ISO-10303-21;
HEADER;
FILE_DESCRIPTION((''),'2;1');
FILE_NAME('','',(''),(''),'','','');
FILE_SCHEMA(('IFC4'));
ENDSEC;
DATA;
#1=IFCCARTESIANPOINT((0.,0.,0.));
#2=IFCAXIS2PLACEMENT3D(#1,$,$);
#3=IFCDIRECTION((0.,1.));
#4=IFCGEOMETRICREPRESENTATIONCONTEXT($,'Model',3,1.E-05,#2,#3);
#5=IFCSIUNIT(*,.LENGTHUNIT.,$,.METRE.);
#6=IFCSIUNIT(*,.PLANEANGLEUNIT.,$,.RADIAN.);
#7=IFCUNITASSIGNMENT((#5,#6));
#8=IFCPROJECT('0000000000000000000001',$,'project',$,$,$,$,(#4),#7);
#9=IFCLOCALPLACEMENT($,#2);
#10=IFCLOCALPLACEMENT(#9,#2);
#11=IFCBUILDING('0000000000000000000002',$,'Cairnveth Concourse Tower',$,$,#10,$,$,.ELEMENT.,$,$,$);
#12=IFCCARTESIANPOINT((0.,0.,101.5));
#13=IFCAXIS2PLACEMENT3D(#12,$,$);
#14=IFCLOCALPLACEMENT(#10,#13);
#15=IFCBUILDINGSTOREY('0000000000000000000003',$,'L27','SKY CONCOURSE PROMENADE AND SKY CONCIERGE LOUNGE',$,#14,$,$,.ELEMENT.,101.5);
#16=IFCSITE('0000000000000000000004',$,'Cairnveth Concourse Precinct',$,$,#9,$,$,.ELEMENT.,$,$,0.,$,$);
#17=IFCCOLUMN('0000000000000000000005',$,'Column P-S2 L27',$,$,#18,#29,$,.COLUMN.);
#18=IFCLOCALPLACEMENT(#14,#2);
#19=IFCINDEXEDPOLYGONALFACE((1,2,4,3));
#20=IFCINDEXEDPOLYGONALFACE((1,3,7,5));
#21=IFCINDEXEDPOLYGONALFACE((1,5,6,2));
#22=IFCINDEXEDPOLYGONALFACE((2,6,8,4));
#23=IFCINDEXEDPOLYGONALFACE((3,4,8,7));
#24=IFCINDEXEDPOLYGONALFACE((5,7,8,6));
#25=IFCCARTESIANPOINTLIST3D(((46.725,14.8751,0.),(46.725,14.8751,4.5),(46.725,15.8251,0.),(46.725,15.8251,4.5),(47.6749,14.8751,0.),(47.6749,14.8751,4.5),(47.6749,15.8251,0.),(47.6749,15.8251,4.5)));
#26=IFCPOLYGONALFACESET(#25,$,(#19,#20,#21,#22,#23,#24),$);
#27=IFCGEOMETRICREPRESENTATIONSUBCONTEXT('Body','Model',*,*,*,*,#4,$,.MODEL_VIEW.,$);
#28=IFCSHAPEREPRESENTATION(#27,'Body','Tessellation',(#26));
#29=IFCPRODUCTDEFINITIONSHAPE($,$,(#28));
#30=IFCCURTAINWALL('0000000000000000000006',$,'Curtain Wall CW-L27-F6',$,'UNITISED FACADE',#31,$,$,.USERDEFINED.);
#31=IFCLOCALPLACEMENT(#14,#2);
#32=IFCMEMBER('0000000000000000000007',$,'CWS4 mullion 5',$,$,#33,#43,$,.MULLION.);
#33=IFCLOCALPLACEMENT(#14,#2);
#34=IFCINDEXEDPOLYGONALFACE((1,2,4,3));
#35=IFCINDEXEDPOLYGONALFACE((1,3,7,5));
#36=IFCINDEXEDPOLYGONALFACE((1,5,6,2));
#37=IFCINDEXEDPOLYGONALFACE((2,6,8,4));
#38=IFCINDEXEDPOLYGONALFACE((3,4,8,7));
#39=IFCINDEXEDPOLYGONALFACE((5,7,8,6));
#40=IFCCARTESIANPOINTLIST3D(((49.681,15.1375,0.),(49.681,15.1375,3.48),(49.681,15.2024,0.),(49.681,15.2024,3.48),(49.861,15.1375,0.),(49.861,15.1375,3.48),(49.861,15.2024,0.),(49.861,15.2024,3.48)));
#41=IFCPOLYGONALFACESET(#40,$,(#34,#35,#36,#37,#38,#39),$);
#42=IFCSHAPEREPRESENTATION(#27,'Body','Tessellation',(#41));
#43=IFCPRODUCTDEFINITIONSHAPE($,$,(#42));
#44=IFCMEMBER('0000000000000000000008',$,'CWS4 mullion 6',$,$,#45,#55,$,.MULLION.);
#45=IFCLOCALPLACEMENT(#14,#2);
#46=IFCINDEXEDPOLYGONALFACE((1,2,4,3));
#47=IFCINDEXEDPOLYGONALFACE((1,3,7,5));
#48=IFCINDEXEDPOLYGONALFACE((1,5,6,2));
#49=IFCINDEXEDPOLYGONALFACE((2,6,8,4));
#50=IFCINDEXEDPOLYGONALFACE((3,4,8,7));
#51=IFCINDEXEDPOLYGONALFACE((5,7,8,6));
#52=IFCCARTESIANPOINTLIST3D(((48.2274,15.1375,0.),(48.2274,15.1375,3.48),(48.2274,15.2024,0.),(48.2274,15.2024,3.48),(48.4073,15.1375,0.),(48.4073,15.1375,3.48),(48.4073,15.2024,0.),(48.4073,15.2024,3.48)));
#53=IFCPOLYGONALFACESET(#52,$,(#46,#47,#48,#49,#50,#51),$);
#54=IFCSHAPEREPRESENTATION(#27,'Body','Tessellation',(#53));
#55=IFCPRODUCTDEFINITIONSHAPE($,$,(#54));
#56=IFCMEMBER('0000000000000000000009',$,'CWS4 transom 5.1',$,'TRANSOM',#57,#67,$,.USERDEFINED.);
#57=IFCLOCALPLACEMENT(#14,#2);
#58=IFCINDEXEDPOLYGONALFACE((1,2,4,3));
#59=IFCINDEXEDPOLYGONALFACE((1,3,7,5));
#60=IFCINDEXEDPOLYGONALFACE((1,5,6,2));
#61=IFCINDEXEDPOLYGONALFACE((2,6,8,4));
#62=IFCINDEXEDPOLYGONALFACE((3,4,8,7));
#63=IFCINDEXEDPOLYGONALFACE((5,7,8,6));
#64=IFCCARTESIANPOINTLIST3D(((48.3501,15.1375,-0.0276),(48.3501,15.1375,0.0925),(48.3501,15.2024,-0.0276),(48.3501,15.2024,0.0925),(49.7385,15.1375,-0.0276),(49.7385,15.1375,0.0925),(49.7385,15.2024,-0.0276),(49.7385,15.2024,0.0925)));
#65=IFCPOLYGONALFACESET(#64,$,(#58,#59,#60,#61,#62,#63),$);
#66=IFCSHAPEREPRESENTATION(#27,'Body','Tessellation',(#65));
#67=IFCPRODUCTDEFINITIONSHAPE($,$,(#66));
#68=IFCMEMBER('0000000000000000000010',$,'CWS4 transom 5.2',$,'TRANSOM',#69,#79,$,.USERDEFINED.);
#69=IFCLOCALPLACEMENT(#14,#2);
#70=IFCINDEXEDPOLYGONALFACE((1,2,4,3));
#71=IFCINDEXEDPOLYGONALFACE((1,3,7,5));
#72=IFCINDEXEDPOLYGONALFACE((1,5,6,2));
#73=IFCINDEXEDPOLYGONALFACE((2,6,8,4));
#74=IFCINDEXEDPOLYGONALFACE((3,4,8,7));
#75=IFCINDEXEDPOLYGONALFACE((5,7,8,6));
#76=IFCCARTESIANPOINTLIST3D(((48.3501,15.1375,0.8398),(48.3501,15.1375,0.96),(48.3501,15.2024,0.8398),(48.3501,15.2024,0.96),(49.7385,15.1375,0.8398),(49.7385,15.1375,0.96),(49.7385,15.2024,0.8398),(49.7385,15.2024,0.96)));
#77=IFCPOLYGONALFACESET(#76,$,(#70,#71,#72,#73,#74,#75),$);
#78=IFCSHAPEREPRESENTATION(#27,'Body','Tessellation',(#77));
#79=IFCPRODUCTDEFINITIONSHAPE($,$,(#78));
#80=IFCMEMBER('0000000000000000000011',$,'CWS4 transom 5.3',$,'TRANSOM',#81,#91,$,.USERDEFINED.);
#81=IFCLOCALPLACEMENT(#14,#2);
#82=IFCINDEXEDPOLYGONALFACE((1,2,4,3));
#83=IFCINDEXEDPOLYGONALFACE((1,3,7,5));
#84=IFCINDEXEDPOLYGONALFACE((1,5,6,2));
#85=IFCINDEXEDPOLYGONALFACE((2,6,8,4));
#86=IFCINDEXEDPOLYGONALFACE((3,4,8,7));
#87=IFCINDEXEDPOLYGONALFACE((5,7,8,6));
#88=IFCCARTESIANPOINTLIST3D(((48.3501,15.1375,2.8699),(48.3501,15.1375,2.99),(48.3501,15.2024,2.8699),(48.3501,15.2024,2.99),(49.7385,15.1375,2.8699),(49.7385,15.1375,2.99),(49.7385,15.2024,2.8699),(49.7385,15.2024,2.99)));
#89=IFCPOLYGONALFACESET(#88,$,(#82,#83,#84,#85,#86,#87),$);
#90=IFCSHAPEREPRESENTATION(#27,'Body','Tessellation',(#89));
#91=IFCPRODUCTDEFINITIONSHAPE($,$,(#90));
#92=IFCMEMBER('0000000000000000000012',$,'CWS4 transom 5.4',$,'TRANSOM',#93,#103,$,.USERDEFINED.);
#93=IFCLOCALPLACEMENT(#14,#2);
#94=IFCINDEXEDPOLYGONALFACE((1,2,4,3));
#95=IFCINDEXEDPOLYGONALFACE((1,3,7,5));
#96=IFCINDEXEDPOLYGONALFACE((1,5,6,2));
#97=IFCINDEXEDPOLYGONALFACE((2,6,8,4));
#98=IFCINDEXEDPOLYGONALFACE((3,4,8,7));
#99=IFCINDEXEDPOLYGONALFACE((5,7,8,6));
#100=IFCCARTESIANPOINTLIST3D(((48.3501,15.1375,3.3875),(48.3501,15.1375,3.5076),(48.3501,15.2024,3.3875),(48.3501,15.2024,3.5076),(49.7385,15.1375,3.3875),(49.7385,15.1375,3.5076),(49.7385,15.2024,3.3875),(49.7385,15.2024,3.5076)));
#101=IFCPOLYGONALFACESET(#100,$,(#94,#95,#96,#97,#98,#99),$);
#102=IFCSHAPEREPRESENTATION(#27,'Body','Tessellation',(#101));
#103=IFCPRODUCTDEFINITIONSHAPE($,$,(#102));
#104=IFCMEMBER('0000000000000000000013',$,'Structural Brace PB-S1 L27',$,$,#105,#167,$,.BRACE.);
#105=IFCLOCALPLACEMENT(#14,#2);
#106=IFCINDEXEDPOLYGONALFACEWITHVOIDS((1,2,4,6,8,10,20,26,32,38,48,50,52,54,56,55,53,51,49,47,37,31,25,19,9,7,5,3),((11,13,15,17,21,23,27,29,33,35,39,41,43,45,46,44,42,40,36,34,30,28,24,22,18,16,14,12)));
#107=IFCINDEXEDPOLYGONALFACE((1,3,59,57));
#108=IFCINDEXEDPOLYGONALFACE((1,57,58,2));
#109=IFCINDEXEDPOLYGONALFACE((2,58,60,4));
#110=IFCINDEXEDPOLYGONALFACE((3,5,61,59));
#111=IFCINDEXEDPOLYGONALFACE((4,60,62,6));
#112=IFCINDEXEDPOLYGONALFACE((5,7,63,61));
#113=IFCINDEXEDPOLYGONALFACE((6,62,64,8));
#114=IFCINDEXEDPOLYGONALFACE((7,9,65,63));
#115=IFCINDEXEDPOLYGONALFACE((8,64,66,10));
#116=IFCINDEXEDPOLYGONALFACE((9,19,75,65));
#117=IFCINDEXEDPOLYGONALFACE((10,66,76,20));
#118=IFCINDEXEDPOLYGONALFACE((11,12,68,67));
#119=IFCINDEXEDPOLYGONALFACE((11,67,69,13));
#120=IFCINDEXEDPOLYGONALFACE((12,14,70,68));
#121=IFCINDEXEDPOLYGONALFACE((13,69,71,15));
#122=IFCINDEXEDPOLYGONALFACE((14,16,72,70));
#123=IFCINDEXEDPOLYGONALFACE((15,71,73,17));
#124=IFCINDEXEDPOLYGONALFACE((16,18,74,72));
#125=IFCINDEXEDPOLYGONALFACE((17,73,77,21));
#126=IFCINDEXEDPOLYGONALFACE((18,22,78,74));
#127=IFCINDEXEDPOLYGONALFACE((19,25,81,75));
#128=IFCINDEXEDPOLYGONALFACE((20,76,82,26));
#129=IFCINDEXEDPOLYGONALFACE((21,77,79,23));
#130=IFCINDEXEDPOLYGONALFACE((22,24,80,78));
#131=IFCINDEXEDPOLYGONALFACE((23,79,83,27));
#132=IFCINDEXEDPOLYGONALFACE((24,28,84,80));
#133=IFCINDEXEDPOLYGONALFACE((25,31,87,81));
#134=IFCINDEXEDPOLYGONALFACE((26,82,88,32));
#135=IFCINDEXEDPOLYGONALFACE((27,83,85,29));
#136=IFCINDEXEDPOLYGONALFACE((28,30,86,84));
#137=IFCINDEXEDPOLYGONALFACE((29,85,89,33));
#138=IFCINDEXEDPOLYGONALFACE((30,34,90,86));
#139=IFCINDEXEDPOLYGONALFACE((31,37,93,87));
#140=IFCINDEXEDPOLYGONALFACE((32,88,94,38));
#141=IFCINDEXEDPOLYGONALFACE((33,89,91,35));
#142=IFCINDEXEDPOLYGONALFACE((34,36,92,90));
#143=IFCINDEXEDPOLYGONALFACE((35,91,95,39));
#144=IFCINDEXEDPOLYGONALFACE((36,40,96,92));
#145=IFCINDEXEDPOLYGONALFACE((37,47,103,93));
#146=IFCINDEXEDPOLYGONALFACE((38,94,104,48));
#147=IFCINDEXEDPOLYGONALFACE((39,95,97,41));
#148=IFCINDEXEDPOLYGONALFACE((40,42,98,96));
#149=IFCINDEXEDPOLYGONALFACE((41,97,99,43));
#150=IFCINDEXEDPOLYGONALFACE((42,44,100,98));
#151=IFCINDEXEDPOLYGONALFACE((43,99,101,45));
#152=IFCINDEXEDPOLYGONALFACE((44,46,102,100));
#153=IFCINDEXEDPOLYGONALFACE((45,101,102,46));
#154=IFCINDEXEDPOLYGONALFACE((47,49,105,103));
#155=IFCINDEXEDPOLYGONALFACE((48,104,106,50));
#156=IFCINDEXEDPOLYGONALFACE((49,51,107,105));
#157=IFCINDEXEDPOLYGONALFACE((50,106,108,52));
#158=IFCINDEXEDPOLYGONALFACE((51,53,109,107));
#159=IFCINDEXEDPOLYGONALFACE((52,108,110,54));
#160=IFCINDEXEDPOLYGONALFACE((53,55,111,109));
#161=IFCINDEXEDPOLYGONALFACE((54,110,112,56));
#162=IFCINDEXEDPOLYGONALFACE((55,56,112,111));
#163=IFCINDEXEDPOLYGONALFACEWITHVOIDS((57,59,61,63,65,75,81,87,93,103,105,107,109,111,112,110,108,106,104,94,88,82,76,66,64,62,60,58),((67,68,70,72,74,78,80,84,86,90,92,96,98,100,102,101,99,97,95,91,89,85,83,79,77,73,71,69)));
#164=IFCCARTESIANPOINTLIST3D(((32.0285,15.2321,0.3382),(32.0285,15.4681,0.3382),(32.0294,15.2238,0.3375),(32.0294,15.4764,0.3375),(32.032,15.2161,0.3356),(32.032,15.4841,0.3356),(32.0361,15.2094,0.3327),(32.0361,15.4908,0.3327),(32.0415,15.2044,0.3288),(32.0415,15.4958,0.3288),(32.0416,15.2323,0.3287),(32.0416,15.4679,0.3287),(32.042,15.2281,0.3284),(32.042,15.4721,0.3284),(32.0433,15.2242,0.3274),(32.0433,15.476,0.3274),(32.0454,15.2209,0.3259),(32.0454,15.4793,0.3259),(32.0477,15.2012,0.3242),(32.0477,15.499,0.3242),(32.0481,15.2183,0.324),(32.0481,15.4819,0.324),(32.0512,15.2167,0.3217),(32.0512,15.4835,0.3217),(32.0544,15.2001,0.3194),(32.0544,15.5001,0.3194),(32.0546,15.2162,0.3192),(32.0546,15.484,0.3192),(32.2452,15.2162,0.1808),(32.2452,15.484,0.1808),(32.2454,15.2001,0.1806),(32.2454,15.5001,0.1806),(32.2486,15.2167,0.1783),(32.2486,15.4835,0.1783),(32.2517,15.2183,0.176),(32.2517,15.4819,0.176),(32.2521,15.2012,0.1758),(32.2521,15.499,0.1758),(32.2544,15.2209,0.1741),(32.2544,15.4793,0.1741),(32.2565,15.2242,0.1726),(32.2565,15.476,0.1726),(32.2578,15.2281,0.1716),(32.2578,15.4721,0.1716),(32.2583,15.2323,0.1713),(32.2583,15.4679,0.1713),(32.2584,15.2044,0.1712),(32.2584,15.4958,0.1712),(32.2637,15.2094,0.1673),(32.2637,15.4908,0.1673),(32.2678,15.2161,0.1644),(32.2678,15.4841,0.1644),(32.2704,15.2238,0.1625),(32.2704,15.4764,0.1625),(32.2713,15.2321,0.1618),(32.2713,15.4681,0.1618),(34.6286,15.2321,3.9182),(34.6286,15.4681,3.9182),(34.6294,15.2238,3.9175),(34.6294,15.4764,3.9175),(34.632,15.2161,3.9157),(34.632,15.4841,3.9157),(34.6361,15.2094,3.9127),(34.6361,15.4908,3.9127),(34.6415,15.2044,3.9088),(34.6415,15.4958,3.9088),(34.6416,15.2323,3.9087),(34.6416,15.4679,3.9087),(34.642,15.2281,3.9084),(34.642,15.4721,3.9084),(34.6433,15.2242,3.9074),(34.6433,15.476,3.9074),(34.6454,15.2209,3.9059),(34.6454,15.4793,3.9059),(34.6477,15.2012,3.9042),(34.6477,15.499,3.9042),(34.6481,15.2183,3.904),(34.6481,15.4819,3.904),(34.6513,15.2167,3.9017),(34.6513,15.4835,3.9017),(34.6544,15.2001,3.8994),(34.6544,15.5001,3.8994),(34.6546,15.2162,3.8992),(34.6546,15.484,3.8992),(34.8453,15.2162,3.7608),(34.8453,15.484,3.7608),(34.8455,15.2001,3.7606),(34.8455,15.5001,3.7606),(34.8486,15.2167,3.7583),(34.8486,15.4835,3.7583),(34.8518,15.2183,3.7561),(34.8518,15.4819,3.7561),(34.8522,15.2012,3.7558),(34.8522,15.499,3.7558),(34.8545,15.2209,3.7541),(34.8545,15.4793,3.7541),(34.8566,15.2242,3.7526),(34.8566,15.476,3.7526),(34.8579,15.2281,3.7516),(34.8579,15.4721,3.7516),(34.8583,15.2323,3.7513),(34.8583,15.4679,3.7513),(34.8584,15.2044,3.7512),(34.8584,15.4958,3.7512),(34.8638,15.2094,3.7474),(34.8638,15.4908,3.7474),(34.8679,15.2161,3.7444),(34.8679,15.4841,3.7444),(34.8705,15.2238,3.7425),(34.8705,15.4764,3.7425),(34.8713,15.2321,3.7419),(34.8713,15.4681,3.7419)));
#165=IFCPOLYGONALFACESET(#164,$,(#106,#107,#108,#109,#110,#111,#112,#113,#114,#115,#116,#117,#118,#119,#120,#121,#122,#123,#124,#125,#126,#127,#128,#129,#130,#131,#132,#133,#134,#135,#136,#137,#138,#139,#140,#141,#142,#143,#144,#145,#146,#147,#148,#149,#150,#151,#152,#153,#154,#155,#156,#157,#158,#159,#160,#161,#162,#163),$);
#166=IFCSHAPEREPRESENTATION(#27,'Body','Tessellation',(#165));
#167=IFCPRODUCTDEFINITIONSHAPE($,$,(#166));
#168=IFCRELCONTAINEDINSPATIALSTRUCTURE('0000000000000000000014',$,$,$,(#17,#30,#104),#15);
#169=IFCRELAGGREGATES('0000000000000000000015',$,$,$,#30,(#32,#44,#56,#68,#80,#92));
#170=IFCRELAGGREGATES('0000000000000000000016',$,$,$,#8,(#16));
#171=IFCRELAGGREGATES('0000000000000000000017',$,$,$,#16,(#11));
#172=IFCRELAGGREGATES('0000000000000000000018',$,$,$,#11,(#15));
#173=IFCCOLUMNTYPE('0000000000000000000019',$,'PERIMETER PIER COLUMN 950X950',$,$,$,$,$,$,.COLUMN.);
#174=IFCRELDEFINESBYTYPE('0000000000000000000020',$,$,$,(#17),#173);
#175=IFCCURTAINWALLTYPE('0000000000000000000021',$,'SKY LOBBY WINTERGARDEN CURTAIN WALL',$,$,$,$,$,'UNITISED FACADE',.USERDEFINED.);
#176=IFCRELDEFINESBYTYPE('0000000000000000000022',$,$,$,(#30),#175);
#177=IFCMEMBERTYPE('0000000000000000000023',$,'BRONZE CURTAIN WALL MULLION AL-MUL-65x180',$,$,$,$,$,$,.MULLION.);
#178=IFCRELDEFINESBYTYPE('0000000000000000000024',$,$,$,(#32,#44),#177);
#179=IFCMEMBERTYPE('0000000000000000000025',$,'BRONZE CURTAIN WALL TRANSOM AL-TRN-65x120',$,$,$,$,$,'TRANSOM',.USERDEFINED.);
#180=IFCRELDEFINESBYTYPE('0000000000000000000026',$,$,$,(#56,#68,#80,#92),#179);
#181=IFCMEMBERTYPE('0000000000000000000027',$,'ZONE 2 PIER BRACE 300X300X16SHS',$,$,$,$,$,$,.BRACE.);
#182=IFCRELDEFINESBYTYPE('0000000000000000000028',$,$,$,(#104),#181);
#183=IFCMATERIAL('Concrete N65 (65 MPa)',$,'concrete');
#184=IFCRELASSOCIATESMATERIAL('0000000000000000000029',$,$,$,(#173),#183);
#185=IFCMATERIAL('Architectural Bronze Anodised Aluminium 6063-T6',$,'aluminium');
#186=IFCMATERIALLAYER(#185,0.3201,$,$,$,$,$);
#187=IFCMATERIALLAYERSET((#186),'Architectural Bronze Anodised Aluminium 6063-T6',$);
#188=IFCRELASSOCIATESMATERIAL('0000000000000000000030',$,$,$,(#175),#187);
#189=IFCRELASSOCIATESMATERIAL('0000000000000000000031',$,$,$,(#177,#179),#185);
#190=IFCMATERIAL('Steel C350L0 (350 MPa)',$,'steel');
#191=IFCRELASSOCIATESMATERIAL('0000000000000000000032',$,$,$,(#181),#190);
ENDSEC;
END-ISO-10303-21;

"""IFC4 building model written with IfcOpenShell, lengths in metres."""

from ifc_helpers import new_model, si_unit, direction, frame, origin, origin_2d, place, context, subcontext, project, spatial, rectangle, hollow_rectangle, extrude, material, layer, layer_set, material_profile, profile_set, type_object, element, aggregate, save


model = new_model("IFC4")

# Units and contexts
model_context = context("Model", 3, precision=1e-05, world=origin(), true_north=direction((0.0, 1.0)))
body_context = subcontext(model_context, "Body", "Model", "MODEL_VIEW")
ifc_project = project(units=[si_unit("LENGTHUNIT", "METRE"), si_unit("PLANEANGLEUNIT", "RADIAN")], contexts=[model_context])

# Site, building, storey
site_placement = place(None, origin())
site = spatial("IfcSite", under=ifc_project, at=site_placement, Name="Cairnveth Concourse Precinct", CompositionType="ELEMENT", RefElevation=0.0)
building_placement = place(site_placement, origin())
building = spatial("IfcBuilding", under=site, at=building_placement, Name="Cairnveth Concourse Tower", CompositionType="ELEMENT")
storey_placement = place(building_placement, frame((0.0, 0.0, 101.5)))
storey = spatial("IfcBuildingStorey", under=building, at=storey_placement, Name="L27", Description="SKY CONCOURSE PROMENADE AND SKY CONCIERGE LOUNGE", CompositionType="ELEMENT", Elevation=101.5)

# Column
ifc_material_1 = material(Name="Concrete N65 (65 MPa)", Category="concrete")
ifc_material_profile_1 = material_profile(ifc_material_1, rectangle(XDim=0.95, YDim=0.95, at=origin_2d()), Name="RC-COL-950x950")
ifc_profile_set_1 = profile_set([ifc_material_profile_1], Name="Concrete N65 (65 MPa)")
column_type = type_object("IfcColumnType", Name="PERIMETER PIER COLUMN 950X950", PredefinedType="COLUMN", material=ifc_profile_set_1)
column_placement = place(storey_placement, frame((47.2, 15.3501, 0.0), z_axis=(0.0, 0.0, 1.0), x_axis=(1.0, 0.0, 0.0)))
element("IfcColumn", 1, at=column_placement, inside=storey, type_object=column_type, Name="Column P-S2 L27", PredefinedType="COLUMN", context=body_context, shape_type="SweptSolid", body=[
    extrude(rectangle(XDim=0.95, YDim=0.95, at=origin_2d()), origin(), (0.0, 0.0, 1.0), 4.5),
])

# Curtain wall, members
ifc_material_2 = material(Name="Architectural Bronze Anodised Aluminium 6063-T6", Category="aluminium")
ifc_layer_1 = layer(ifc_material_2, 0.3201)
ifc_layer_set_1 = layer_set([ifc_layer_1], Name="Architectural Bronze Anodised Aluminium 6063-T6")
curtain_wall_type = type_object("IfcCurtainWallType", Name="SKY LOBBY WINTERGARDEN CURTAIN WALL", ElementType="UNITISED FACADE", PredefinedType="USERDEFINED", material=ifc_layer_set_1)
curtain_wall_placement = place(storey_placement, origin())
curtain_wall = element("IfcCurtainWall", 2, at=curtain_wall_placement, inside=storey, type_object=curtain_wall_type, Name="Curtain Wall CW-L27-F6", ObjectType="UNITISED FACADE", PredefinedType="USERDEFINED")
ifc_material_profile_2 = material_profile(ifc_material_2, rectangle(XDim=0.0649, YDim=0.1799, at=origin_2d()), Name="AL-MUL-65x180")
ifc_profile_set_2 = profile_set([ifc_material_profile_2], Name="Architectural Bronze Anodised Aluminium 6063-T6")
member_type_1 = type_object("IfcMemberType", Name="BRONZE CURTAIN WALL MULLION AL-MUL-65x180", PredefinedType="MULLION", material=ifc_profile_set_2)
member_1_placement = place(storey_placement, frame((49.771, 15.1699, 0.0), z_axis=(0.0, 0.0, 1.0), x_axis=(0.0, -1.0, 0.0)))
member_1 = element("IfcMember", 3, at=member_1_placement, type_object=member_type_1, Name="CWS4 mullion 5", PredefinedType="MULLION", context=body_context, shape_type="SweptSolid", body=[
    extrude(rectangle(XDim=0.0649, YDim=0.1799, at=origin_2d()), origin(), (0.0, 0.0, 1.0), 3.48),
])
member_2_placement = place(storey_placement, frame((48.3174, 15.1699, 0.0), z_axis=(0.0, 0.0, 1.0), x_axis=(0.0, -1.0, 0.0)))
member_2 = element("IfcMember", 4, at=member_2_placement, type_object=member_type_1, Name="CWS4 mullion 6", PredefinedType="MULLION", context=body_context, shape_type="SweptSolid", body=[
    extrude(rectangle(XDim=0.0649, YDim=0.1799, at=origin_2d()), origin(), (0.0, 0.0, 1.0), 3.48),
])
ifc_material_profile_3 = material_profile(ifc_material_2, rectangle(XDim=0.0649, YDim=0.1201, at=origin_2d()), Name="AL-TRN-65x120")
ifc_profile_set_3 = profile_set([ifc_material_profile_3], Name="Architectural Bronze Anodised Aluminium 6063-T6")
member_type_2 = type_object("IfcMemberType", Name="BRONZE CURTAIN WALL TRANSOM AL-TRN-65x120", ElementType="TRANSOM", PredefinedType="USERDEFINED", material=ifc_profile_set_3)
member_3_placement = place(storey_placement, frame((49.7385, 15.1699, 0.0325), z_axis=(-1.0, 0.0, 0.0), x_axis=(0.0, -1.0, 0.0)))
member_3 = element("IfcMember", 5, at=member_3_placement, type_object=member_type_2, Name="CWS4 transom 5.1", ObjectType="TRANSOM", PredefinedType="USERDEFINED", context=body_context, shape_type="SweptSolid", body=[
    extrude(rectangle(XDim=0.0649, YDim=0.1201, at=origin_2d()), origin(), (0.0, 0.0, 1.0), 1.3884),
])
member_4_placement = place(storey_placement, frame((49.7385, 15.1699, 0.8999), z_axis=(-1.0, 0.0, 0.0), x_axis=(0.0, -1.0, 0.0)))
member_4 = element("IfcMember", 6, at=member_4_placement, type_object=member_type_2, Name="CWS4 transom 5.2", ObjectType="TRANSOM", PredefinedType="USERDEFINED", context=body_context, shape_type="SweptSolid", body=[
    extrude(rectangle(XDim=0.0649, YDim=0.1201, at=origin_2d()), origin(), (0.0, 0.0, 1.0), 1.3884),
])
member_5_placement = place(storey_placement, frame((49.7385, 15.1699, 2.9299), z_axis=(-1.0, 0.0, 0.0), x_axis=(0.0, -1.0, 0.0)))
member_5 = element("IfcMember", 7, at=member_5_placement, type_object=member_type_2, Name="CWS4 transom 5.3", ObjectType="TRANSOM", PredefinedType="USERDEFINED", context=body_context, shape_type="SweptSolid", body=[
    extrude(rectangle(XDim=0.0649, YDim=0.1201, at=origin_2d()), origin(), (0.0, 0.0, 1.0), 1.3884),
])
member_6_placement = place(storey_placement, frame((49.7385, 15.1699, 3.4475), z_axis=(-1.0, 0.0, 0.0), x_axis=(0.0, -1.0, 0.0)))
member_6 = element("IfcMember", 8, at=member_6_placement, type_object=member_type_2, Name="CWS4 transom 5.4", ObjectType="TRANSOM", PredefinedType="USERDEFINED", context=body_context, shape_type="SweptSolid", body=[
    extrude(rectangle(XDim=0.0649, YDim=0.1201, at=origin_2d()), origin(), (0.0, 0.0, 1.0), 1.3884),
])

# Member
ifc_material_3 = material(Name="Steel C350L0 (350 MPa)", Category="steel")
ifc_material_profile_4 = material_profile(ifc_material_3, hollow_rectangle(XDim=0.3, YDim=0.3, WallThickness=0.0161, InnerFilletRadius=0.0161, OuterFilletRadius=0.032, at=origin_2d()), Name="300x300x16.0SHS")
ifc_profile_set_4 = profile_set([ifc_material_profile_4], Name="Steel C350L0 (350 MPa)")
member_type_3 = type_object("IfcMemberType", Name="ZONE 2 PIER BRACE 300X300X16SHS", PredefinedType="BRACE", material=ifc_profile_set_4)
member_7_placement = place(storey_placement, frame((32.1499, 15.3501, 0.25), z_axis=(0.58764, 0.0, 0.809122), x_axis=(0.0, 1.0, 0.0)))
element("IfcMember", 9, at=member_7_placement, inside=storey, type_object=member_type_3, Name="Structural Brace PB-S1 L27", PredefinedType="BRACE", context=body_context, shape_type="SweptSolid", body=[
    extrude(hollow_rectangle(XDim=0.3, YDim=0.3, WallThickness=0.0161, InnerFilletRadius=0.0161, OuterFilletRadius=0.032, at=origin_2d()), origin(), (0.0, 0.0, 1.0), 4.4246),
])

aggregate(curtain_wall, [member_1, member_2, member_3, member_4, member_5, member_6])

save(model, "model.ifc")
